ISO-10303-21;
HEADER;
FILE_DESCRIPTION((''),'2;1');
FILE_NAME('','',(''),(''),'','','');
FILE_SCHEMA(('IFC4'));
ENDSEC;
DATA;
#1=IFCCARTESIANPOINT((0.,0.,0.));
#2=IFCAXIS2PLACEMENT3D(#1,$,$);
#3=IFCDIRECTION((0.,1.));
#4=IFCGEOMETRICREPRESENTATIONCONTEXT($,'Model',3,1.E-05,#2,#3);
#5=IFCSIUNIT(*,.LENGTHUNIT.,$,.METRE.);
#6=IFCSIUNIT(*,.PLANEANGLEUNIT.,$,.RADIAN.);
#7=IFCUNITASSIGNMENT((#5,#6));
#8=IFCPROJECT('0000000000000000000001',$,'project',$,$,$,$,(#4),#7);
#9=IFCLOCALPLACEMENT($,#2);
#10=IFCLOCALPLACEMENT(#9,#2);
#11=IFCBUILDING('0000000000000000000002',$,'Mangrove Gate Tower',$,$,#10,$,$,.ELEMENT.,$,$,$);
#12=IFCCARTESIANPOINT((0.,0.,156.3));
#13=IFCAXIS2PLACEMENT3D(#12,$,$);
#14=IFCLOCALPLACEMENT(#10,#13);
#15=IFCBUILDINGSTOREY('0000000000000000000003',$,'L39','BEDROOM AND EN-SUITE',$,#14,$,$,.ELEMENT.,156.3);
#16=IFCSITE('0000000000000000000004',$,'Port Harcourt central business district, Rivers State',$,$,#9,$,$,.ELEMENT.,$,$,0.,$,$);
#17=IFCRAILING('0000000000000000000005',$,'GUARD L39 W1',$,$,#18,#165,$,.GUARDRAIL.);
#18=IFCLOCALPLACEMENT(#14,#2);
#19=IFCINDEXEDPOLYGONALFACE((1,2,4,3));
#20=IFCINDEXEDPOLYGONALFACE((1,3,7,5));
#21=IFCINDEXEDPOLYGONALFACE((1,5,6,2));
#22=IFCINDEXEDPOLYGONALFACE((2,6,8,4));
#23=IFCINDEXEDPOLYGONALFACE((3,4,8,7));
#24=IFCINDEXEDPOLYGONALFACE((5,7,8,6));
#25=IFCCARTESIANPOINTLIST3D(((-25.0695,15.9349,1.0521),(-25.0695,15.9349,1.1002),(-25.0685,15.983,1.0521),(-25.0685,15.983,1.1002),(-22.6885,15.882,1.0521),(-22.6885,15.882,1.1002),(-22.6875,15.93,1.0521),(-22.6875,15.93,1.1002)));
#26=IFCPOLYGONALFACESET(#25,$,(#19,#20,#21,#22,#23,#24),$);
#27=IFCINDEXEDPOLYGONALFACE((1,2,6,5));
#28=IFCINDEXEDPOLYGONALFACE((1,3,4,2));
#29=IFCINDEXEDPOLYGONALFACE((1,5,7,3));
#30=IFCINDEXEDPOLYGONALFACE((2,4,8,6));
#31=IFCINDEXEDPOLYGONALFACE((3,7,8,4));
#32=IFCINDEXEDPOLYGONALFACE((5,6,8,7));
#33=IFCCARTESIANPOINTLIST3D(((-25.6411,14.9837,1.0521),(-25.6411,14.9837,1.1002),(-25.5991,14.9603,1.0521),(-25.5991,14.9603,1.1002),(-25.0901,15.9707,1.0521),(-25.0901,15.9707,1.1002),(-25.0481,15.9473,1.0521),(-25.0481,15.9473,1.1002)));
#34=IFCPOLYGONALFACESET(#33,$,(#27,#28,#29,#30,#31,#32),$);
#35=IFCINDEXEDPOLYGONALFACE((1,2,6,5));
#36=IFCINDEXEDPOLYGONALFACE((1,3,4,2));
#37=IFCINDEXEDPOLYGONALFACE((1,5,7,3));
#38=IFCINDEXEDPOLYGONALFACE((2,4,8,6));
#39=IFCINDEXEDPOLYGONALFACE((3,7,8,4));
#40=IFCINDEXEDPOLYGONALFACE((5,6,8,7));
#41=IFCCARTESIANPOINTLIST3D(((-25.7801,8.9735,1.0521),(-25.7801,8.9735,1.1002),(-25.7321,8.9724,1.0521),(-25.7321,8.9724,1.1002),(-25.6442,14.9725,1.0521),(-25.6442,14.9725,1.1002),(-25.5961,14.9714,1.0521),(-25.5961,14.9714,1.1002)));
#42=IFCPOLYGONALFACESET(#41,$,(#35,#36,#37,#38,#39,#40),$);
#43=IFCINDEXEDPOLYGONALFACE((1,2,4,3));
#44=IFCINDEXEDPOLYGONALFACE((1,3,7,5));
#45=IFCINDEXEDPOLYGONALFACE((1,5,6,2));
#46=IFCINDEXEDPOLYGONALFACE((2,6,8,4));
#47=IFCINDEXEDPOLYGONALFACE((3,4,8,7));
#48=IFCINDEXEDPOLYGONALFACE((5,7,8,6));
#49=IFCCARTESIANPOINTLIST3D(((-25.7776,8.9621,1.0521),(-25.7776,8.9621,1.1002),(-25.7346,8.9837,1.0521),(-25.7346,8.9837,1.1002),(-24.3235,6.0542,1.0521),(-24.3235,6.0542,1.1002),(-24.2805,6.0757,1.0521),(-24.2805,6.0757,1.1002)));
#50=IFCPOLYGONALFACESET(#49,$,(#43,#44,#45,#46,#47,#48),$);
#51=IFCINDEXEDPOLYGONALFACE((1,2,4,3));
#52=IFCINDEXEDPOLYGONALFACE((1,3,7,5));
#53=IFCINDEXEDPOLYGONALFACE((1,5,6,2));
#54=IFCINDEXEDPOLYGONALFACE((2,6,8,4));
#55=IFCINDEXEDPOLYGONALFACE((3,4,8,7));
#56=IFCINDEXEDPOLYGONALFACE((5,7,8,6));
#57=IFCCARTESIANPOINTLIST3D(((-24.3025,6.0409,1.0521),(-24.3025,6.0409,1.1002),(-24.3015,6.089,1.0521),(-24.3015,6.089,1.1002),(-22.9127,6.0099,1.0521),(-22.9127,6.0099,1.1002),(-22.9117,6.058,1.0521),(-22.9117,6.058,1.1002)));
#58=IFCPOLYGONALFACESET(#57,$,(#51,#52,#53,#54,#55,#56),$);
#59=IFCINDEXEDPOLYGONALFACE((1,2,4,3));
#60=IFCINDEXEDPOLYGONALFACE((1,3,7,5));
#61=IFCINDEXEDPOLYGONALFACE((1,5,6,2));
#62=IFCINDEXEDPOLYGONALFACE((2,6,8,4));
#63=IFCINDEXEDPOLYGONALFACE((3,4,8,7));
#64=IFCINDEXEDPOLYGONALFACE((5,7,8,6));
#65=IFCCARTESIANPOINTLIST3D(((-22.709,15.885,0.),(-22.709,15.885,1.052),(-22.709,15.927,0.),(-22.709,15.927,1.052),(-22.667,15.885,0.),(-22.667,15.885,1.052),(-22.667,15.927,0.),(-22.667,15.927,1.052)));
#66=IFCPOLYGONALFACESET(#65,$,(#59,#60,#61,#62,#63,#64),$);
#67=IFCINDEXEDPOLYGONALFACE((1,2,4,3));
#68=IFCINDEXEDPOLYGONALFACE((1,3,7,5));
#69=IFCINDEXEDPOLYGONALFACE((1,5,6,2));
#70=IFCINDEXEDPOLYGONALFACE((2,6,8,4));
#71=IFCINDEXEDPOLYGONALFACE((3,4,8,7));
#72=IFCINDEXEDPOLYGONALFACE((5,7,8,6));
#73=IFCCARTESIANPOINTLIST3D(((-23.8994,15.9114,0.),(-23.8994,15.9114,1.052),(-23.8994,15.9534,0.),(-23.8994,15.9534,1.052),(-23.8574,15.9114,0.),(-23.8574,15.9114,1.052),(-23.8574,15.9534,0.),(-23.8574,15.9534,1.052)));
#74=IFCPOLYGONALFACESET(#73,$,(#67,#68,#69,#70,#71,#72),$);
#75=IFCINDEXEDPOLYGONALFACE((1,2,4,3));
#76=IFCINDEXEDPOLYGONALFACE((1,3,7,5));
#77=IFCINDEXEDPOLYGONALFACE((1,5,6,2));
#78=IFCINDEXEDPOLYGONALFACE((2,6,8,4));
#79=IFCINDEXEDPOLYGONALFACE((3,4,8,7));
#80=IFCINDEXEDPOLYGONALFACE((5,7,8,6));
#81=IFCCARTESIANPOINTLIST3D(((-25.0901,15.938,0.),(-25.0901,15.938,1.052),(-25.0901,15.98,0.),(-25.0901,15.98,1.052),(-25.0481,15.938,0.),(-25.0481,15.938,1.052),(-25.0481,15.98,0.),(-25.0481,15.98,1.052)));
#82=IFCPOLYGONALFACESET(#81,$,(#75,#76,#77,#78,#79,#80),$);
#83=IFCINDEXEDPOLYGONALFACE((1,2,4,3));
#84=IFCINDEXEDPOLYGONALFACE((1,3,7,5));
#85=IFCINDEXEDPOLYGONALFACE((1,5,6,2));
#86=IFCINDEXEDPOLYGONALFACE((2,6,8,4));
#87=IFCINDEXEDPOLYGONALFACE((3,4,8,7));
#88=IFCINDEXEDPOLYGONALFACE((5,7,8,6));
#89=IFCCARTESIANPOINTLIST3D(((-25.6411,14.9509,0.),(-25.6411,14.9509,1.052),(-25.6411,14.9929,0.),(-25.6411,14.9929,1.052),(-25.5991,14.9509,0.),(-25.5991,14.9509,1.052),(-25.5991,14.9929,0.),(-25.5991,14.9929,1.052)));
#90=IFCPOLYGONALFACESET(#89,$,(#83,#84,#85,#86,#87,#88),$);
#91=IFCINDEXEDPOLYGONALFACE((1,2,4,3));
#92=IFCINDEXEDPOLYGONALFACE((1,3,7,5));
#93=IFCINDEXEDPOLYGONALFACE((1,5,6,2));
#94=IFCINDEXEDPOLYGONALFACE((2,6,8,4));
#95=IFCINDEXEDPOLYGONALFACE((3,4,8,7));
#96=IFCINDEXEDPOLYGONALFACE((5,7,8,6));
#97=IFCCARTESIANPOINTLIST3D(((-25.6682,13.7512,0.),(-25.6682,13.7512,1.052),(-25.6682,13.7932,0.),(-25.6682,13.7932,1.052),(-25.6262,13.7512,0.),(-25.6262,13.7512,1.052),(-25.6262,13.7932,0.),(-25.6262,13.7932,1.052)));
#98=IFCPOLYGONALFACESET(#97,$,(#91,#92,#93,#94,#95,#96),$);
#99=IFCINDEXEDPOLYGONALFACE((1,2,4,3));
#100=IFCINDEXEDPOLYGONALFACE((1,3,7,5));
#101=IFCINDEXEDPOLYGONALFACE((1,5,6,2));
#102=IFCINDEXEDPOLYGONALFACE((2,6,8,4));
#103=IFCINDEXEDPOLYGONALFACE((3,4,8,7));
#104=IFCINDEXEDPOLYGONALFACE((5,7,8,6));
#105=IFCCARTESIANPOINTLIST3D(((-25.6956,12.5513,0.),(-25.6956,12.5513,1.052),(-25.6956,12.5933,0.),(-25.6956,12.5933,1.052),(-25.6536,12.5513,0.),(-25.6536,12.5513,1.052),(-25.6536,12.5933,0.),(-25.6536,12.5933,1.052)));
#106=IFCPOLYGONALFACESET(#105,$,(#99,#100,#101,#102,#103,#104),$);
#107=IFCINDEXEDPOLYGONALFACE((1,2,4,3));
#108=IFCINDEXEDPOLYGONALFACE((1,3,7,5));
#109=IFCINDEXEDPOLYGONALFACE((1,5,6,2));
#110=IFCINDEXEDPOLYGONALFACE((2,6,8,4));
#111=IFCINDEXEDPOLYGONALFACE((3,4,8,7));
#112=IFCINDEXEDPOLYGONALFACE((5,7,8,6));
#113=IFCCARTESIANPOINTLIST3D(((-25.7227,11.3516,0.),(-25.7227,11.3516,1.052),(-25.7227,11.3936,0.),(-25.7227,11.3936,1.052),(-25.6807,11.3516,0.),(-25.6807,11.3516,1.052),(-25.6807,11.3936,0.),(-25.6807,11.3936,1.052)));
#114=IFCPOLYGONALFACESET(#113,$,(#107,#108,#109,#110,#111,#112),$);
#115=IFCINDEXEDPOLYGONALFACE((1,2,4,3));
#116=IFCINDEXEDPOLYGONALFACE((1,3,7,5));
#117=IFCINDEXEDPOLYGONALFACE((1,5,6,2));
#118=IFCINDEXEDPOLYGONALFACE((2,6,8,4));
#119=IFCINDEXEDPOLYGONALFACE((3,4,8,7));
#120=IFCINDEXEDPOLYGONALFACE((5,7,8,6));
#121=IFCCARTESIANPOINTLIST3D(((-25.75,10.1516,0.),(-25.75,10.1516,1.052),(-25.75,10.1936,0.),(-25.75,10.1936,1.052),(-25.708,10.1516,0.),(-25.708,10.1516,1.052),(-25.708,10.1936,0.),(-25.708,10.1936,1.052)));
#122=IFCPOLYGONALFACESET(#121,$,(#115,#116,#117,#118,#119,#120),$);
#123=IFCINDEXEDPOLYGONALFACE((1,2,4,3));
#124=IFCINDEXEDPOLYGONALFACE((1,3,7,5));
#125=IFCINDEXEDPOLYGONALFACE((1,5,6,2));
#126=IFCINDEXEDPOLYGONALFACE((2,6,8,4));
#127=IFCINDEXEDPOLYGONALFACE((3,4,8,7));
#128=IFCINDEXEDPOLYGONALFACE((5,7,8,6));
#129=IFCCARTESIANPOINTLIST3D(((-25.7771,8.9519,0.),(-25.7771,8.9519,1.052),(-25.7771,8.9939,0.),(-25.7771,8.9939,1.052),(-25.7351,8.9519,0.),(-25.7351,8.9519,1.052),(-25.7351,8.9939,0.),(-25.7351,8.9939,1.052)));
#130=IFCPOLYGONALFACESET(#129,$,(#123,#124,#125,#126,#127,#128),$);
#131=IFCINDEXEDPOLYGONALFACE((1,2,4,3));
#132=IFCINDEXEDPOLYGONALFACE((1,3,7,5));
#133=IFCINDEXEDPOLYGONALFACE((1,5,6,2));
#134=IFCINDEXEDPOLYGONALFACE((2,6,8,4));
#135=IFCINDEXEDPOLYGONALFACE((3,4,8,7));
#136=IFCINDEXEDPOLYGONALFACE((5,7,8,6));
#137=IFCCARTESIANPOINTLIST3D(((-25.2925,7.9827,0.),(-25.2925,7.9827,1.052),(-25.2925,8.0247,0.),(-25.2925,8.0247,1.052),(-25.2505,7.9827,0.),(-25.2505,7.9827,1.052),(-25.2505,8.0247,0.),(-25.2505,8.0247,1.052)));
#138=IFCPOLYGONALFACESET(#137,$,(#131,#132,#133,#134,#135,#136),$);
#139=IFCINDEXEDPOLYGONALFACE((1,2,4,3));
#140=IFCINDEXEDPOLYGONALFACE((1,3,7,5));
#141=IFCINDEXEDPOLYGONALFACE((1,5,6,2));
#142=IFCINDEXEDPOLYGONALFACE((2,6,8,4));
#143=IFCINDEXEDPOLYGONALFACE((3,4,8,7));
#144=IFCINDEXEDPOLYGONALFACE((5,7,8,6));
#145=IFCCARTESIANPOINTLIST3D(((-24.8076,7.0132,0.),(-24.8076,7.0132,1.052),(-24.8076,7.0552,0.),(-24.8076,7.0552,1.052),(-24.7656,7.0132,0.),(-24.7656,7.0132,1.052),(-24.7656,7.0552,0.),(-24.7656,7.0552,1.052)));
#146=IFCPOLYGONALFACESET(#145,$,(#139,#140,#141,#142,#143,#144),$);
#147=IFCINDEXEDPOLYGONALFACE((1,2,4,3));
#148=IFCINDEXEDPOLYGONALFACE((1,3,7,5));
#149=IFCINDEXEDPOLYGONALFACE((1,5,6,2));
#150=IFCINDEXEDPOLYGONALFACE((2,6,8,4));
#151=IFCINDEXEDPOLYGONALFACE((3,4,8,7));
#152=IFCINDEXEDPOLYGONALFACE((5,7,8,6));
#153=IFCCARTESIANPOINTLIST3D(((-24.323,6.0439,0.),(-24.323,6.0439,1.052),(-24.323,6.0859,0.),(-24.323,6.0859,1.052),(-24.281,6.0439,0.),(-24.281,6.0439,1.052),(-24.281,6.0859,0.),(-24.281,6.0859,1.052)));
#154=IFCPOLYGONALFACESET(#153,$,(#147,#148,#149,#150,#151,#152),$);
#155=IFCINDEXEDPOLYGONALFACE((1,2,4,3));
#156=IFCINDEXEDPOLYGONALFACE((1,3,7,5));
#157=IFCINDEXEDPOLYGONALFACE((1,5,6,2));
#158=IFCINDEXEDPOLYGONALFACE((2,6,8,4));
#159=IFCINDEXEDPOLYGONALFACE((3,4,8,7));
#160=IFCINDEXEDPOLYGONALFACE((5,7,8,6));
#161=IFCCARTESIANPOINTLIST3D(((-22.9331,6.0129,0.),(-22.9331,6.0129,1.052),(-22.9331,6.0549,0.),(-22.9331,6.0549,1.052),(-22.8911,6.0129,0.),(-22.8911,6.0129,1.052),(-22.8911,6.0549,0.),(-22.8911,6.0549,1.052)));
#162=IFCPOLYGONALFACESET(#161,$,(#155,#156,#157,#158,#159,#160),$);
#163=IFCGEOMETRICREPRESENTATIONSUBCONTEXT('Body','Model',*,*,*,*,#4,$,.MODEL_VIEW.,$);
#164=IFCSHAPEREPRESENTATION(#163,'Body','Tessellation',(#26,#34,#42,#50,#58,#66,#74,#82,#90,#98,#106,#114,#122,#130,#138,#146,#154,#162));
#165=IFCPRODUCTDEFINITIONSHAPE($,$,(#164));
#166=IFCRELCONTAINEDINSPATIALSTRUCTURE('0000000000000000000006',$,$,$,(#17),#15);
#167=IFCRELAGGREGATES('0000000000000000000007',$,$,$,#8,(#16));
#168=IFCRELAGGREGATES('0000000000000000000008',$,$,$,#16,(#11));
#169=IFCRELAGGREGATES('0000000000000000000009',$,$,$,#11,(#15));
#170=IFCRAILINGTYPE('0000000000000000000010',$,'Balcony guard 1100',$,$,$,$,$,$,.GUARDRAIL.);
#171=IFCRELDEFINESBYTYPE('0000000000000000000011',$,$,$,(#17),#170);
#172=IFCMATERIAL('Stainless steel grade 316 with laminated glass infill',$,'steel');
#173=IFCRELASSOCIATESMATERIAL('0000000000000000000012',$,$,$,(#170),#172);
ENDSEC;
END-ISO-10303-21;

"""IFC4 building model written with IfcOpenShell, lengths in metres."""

from ifc_helpers import new_model, si_unit, direction, frame, origin, origin_2d, place, context, subcontext, project, spatial, rectangle, extrude, material, type_object, element, save


model = new_model("IFC4")

# Units and contexts
model_context = context("Model", 3, precision=1e-05, world=origin(), true_north=direction((0.0, 1.0)))
body_context = subcontext(model_context, "Body", "Model", "MODEL_VIEW")
ifc_project = project(units=[si_unit("LENGTHUNIT", "METRE"), si_unit("PLANEANGLEUNIT", "RADIAN")], contexts=[model_context])

# Site, building, storey
site_placement = place(None, origin())
site = spatial("IfcSite", under=ifc_project, at=site_placement, Name="Port Harcourt central business district, Rivers State", CompositionType="ELEMENT", RefElevation=0.0)
building_placement = place(site_placement, origin())
building = spatial("IfcBuilding", under=site, at=building_placement, Name="Mangrove Gate Tower", CompositionType="ELEMENT")
storey_placement = place(building_placement, frame((0.0, 0.0, 156.3)))
storey = spatial("IfcBuildingStorey", under=building, at=storey_placement, Name="L39", Description="BEDROOM AND EN-SUITE", CompositionType="ELEMENT", Elevation=156.3)

# Railing
ifc_material_1 = material(Name="Stainless steel grade 316 with laminated glass infill", Category="steel")
railing_type = type_object("IfcRailingType", Name="Balcony guard 1100", PredefinedType="GUARDRAIL", material=ifc_material_1)
railing_placement = place(storey_placement, frame((-22.688, 15.906, 0.0)))
element("IfcRailing", 1, at=railing_placement, inside=storey, type_object=railing_type, Name="GUARD L39 W1", PredefinedType="GUARDRAIL", context=body_context, shape_type="SweptSolid", body=[
    extrude(rectangle(XDim=0.0481, YDim=0.0481, at=origin_2d()), frame((0.0, 0.0, 1.0762), z_axis=(-0.999753, 0.022244, 0.0), x_axis=(-0.022244, -0.999753, 0.0)), (0.0, 0.0, 1.0), 2.3816),
    extrude(rectangle(XDim=0.0481, YDim=0.0481, at=origin_2d()), frame((-2.3811, 0.053, 1.0762), z_axis=(-0.487439, -0.873157, 0.0), x_axis=(0.873157, -0.487439, 0.0)), (0.0, 0.0, 1.0), 1.1304),
    extrude(rectangle(XDim=0.0481, YDim=0.0481, at=origin_2d()), frame((-2.9321, -0.9341, 1.0762), z_axis=(-0.022662, -0.999743, 0.0), x_axis=(0.999743, -0.022662, 0.0)), (0.0, 0.0, 1.0), 6.0005),
    extrude(rectangle(XDim=0.0481, YDim=0.0481, at=origin_2d()), frame((-3.0681, -6.9331, 1.0762), z_axis=(0.447244, -0.894412, 0.0), x_axis=(0.894412, 0.447244, 0.0)), (0.0, 0.0, 1.0), 3.2512),
    extrude(rectangle(XDim=0.0481, YDim=0.0481, at=origin_2d()), frame((-1.614, -9.8411, 1.0762), z_axis=(0.999751, -0.022303, 0.0), x_axis=(0.022303, 0.999751, 0.0)), (0.0, 0.0, 1.0), 1.3901),
    extrude(rectangle(XDim=0.042, YDim=0.042, at=origin_2d()), origin(), (0.0, 0.0, 1.0), 1.052),
    extrude(rectangle(XDim=0.042, YDim=0.042, at=origin_2d()), frame((-1.1904, 0.0264, 0.0)), (0.0, 0.0, 1.0), 1.052),
    extrude(rectangle(XDim=0.042, YDim=0.042, at=origin_2d()), frame((-2.3811, 0.053, 0.0)), (0.0, 0.0, 1.0), 1.052),
    extrude(rectangle(XDim=0.042, YDim=0.042, at=origin_2d()), frame((-2.9321, -0.9341, 0.0)), (0.0, 0.0, 1.0), 1.052),
    extrude(rectangle(XDim=0.042, YDim=0.042, at=origin_2d()), frame((-2.9592, -2.1338, 0.0)), (0.0, 0.0, 1.0), 1.052),
    extrude(rectangle(XDim=0.042, YDim=0.042, at=origin_2d()), frame((-2.9866, -3.3337, 0.0)), (0.0, 0.0, 1.0), 1.052),
    extrude(rectangle(XDim=0.042, YDim=0.042, at=origin_2d()), frame((-3.0137, -4.5334, 0.0)), (0.0, 0.0, 1.0), 1.052),
    extrude(rectangle(XDim=0.042, YDim=0.042, at=origin_2d()), frame((-3.041, -5.7334, 0.0)), (0.0, 0.0, 1.0), 1.052),
    extrude(rectangle(XDim=0.042, YDim=0.042, at=origin_2d()), frame((-3.0681, -6.9331, 0.0)), (0.0, 0.0, 1.0), 1.052),
    extrude(rectangle(XDim=0.042, YDim=0.042, at=origin_2d()), frame((-2.5835, -7.9023, 0.0)), (0.0, 0.0, 1.0), 1.052),
    extrude(rectangle(XDim=0.042, YDim=0.042, at=origin_2d()), frame((-2.0986, -8.8718, 0.0)), (0.0, 0.0, 1.0), 1.052),
    extrude(rectangle(XDim=0.042, YDim=0.042, at=origin_2d()), frame((-1.614, -9.8411, 0.0)), (0.0, 0.0, 1.0), 1.052),
    extrude(rectangle(XDim=0.042, YDim=0.042, at=origin_2d()), frame((-0.2241, -9.8721, 0.0)), (0.0, 0.0, 1.0), 1.052),
])

save(model, "model.ifc")
